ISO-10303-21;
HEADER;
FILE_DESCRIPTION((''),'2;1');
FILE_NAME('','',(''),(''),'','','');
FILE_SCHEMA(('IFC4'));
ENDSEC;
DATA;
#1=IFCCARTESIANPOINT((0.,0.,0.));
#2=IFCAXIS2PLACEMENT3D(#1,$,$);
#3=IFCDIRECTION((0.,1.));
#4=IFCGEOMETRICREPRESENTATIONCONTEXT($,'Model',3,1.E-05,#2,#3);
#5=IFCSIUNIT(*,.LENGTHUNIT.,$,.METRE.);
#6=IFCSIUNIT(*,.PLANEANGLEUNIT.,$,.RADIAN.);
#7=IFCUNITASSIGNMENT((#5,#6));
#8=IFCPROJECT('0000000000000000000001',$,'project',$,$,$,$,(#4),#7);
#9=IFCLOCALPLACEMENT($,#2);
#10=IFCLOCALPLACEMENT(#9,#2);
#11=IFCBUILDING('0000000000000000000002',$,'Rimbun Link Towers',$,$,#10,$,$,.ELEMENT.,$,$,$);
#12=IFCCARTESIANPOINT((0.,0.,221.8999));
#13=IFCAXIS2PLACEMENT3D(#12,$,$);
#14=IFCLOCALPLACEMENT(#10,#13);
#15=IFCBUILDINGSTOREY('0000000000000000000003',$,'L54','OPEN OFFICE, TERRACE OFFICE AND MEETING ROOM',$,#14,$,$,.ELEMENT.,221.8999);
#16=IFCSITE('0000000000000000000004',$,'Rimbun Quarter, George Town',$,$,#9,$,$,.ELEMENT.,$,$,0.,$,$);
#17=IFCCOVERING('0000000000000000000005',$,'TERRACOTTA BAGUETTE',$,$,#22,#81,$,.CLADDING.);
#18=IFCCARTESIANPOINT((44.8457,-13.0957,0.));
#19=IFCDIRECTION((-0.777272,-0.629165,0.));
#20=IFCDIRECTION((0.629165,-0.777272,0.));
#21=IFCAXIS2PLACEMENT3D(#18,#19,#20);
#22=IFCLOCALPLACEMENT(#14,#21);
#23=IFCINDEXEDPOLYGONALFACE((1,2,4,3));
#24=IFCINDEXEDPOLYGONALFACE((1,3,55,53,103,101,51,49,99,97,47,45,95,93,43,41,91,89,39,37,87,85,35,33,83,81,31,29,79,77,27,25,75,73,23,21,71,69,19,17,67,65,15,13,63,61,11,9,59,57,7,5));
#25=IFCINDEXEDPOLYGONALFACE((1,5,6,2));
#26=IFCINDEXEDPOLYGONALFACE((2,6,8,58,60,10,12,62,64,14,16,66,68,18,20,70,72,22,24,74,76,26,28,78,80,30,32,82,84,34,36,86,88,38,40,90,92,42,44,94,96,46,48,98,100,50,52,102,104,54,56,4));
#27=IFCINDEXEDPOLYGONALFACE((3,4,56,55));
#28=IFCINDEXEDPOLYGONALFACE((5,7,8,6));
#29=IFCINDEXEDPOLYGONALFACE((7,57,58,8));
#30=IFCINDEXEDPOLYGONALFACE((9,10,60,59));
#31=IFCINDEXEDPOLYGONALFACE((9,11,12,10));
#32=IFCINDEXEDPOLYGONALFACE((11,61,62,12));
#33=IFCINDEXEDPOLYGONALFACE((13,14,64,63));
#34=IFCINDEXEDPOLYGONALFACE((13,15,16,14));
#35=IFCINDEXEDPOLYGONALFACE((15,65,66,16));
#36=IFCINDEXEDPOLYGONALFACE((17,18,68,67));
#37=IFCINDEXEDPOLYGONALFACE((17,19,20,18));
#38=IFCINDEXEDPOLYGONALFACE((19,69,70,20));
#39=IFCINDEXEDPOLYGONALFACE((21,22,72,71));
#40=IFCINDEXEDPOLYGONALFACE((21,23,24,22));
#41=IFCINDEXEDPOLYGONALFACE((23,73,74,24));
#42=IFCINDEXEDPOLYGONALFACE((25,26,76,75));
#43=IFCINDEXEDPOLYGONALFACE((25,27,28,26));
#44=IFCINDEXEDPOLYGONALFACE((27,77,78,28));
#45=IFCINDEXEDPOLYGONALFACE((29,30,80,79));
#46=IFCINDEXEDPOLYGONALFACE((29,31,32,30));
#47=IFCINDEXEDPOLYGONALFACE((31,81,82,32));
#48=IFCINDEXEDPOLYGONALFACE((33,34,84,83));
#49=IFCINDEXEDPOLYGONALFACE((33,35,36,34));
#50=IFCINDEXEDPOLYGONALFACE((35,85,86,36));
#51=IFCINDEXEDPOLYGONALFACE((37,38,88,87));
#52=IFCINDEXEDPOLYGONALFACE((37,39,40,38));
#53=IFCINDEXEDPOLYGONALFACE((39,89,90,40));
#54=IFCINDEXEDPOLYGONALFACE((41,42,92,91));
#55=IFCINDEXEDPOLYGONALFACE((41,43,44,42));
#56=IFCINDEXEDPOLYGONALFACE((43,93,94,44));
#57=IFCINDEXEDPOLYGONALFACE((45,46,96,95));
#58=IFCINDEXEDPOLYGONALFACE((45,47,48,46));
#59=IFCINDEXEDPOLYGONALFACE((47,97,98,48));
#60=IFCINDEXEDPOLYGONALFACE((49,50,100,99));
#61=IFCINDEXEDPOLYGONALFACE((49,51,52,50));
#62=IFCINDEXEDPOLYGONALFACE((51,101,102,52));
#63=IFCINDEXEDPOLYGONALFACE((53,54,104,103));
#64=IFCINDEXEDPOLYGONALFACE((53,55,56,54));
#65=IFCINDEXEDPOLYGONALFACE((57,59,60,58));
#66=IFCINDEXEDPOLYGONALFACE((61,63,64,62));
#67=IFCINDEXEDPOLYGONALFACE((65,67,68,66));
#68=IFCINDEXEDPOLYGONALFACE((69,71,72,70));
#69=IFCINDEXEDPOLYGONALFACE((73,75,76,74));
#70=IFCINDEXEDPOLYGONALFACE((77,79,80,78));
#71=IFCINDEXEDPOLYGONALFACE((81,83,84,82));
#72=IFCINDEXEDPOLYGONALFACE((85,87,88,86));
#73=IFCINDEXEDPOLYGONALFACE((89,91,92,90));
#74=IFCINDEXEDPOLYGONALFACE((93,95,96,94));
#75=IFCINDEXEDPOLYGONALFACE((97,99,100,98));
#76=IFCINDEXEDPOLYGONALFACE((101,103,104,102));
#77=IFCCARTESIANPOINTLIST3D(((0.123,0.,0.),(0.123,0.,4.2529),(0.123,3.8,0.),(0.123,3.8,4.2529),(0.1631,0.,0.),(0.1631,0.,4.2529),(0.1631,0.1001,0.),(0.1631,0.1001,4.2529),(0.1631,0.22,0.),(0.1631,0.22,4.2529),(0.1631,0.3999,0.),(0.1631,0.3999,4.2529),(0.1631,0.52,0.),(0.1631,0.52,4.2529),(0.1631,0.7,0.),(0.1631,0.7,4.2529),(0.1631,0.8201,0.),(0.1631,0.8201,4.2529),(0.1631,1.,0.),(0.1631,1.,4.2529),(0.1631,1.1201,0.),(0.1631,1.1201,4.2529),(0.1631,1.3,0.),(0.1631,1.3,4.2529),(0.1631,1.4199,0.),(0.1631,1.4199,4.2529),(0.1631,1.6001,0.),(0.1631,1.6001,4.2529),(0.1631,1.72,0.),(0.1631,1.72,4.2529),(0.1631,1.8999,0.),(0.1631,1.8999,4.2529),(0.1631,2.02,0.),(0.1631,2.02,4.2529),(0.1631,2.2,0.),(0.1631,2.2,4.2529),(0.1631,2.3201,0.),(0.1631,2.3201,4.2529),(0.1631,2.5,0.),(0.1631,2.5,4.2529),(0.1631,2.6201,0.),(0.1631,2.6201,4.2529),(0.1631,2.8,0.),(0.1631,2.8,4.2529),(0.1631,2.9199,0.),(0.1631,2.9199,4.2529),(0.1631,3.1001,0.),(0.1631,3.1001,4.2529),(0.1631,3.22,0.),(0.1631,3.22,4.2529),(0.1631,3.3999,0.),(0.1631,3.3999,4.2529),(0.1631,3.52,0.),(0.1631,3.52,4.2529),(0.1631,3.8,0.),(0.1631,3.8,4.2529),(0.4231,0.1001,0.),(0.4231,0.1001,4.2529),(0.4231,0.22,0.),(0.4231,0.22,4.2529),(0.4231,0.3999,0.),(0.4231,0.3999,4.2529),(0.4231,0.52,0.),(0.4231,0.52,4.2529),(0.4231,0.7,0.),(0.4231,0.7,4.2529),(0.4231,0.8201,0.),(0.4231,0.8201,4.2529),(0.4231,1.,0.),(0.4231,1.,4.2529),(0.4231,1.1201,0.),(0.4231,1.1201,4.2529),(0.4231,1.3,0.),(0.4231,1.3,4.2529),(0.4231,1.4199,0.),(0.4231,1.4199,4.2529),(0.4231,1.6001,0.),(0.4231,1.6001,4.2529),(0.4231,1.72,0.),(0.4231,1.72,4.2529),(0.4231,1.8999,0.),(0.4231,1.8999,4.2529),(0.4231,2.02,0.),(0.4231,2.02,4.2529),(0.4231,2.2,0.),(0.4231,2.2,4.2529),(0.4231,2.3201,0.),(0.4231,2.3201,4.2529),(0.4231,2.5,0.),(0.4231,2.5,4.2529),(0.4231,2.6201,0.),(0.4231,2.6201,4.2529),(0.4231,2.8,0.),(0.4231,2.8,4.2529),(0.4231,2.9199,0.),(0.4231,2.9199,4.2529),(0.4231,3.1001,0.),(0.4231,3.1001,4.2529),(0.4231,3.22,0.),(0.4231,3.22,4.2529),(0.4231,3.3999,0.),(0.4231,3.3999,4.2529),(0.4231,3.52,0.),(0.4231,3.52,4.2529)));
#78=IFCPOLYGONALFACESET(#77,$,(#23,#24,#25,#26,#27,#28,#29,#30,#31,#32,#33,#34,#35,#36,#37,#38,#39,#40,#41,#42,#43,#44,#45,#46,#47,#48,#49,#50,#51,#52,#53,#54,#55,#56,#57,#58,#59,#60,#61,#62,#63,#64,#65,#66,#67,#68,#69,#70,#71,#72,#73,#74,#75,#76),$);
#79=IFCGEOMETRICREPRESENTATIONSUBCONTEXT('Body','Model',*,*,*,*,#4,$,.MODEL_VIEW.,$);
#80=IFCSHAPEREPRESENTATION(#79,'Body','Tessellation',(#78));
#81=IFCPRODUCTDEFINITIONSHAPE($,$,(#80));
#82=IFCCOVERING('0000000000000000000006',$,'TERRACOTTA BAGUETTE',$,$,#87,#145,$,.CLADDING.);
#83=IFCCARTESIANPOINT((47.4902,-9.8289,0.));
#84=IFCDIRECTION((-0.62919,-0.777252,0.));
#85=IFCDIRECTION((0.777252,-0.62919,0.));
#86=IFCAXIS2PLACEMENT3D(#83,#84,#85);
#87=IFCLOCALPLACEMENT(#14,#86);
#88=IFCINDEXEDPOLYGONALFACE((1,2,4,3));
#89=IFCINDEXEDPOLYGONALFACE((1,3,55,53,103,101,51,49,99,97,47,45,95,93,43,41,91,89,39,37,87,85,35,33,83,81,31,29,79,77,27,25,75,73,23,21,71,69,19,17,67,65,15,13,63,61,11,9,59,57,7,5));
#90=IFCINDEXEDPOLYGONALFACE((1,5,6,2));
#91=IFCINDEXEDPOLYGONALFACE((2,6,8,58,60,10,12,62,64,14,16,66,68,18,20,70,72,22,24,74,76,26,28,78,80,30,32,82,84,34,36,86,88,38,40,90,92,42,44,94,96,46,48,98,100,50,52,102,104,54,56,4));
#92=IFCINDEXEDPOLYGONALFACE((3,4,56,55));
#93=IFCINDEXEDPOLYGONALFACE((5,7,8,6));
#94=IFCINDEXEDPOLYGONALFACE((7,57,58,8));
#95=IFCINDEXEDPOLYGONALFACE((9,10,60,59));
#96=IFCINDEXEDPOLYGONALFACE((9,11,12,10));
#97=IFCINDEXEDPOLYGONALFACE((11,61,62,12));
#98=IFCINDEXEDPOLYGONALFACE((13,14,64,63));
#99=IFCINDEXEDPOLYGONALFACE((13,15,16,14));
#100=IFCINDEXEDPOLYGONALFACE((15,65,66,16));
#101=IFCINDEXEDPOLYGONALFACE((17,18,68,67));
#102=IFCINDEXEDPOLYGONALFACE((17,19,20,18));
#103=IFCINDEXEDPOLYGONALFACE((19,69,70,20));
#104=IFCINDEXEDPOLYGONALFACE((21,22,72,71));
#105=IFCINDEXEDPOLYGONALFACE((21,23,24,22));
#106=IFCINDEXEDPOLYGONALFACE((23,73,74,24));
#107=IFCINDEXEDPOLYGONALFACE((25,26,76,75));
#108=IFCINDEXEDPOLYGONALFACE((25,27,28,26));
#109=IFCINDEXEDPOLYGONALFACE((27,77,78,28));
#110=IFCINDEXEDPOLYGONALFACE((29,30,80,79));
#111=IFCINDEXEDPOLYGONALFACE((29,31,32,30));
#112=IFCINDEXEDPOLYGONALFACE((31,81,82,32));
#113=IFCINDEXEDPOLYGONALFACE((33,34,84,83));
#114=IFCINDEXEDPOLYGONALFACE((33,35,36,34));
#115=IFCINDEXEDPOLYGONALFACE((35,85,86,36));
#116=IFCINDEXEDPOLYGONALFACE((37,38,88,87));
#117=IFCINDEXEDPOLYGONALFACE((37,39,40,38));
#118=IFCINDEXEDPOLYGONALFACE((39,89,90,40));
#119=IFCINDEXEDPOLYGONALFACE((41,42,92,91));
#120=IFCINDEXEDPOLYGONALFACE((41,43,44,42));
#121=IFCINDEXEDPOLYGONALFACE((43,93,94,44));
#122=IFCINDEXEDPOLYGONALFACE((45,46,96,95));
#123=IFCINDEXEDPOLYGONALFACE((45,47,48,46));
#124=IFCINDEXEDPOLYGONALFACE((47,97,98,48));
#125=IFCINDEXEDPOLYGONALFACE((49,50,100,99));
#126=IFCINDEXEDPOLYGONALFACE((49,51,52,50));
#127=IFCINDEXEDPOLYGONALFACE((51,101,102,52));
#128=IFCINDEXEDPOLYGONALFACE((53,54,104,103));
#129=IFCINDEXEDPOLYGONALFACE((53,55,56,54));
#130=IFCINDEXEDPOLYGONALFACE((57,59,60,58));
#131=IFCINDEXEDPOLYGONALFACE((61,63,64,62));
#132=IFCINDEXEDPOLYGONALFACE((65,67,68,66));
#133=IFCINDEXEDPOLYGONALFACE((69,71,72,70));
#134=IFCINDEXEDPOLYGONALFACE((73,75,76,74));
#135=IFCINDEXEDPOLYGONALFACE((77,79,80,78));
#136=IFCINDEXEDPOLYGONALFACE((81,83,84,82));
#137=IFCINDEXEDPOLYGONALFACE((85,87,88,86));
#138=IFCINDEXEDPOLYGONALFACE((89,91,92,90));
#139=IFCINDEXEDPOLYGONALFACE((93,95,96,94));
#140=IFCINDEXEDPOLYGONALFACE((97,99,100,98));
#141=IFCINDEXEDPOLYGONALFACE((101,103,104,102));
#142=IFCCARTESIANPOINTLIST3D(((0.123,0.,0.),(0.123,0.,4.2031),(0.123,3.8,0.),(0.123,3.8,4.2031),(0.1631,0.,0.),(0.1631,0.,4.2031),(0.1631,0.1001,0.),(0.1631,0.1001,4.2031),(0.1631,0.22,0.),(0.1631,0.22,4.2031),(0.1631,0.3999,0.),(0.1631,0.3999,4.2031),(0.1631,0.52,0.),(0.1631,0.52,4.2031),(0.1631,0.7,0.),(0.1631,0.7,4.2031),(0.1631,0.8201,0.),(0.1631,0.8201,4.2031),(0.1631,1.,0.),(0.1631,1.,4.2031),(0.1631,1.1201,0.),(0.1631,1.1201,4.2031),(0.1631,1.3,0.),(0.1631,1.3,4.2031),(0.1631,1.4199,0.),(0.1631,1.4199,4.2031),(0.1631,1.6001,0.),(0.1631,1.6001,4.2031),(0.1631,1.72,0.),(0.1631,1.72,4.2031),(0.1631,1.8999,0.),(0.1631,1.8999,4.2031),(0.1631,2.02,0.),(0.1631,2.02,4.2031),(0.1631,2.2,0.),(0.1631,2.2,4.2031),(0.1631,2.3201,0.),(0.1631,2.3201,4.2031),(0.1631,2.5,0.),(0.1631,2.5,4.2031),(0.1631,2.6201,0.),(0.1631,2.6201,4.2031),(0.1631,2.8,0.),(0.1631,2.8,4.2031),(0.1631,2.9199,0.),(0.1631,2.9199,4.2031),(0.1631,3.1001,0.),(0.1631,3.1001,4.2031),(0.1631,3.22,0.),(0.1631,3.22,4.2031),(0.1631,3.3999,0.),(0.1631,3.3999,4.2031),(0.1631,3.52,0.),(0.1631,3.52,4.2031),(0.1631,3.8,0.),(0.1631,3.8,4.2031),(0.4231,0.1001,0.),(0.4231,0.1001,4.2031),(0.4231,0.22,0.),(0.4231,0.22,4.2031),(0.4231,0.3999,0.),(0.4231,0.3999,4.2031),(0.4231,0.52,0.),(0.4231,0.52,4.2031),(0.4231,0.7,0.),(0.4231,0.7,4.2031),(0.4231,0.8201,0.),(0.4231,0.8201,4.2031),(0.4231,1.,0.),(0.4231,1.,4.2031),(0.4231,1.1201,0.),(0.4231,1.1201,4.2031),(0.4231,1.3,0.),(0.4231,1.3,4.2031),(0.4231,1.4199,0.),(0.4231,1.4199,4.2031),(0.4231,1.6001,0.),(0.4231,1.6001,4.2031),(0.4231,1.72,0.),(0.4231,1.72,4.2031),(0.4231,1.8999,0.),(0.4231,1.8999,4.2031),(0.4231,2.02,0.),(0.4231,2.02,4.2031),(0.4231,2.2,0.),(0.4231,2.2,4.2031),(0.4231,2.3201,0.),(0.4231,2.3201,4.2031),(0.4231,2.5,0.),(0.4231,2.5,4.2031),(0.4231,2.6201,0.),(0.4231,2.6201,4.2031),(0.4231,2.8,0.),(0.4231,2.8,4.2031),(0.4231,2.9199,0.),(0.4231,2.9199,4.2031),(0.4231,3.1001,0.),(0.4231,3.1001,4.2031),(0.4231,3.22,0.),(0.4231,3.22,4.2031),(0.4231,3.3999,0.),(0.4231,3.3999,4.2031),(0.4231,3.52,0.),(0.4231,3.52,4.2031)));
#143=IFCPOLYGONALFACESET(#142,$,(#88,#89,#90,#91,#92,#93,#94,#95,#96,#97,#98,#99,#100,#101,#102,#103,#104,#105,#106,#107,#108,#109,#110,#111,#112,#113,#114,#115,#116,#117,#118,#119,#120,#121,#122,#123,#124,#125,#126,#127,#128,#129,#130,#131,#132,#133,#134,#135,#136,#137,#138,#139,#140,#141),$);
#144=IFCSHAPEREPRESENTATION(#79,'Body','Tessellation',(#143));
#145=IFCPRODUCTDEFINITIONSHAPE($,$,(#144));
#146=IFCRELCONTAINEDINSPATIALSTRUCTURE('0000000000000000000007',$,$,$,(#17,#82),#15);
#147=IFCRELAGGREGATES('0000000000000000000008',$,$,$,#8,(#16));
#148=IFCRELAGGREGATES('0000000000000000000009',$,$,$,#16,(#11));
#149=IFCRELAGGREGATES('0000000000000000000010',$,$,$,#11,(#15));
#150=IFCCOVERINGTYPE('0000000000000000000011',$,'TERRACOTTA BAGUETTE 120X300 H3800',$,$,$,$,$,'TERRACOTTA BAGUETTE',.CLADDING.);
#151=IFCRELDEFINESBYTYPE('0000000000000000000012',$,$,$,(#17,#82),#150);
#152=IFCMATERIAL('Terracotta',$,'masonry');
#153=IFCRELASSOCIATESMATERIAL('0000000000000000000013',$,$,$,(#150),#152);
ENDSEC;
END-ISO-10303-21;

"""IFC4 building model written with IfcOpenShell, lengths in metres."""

from ifc_helpers import new_model, si_unit, direction, frame, origin, place, context, subcontext, project, spatial, polyline, outline, extrude, material, material_profile, profile_set, type_object, element, save


model = new_model("IFC4")

# Units and contexts
model_context = context("Model", 3, precision=1e-05, world=origin(), true_north=direction((0.0, 1.0)))
body_context = subcontext(model_context, "Body", "Model", "MODEL_VIEW")
ifc_project = project(units=[si_unit("LENGTHUNIT", "METRE"), si_unit("PLANEANGLEUNIT", "RADIAN")], contexts=[model_context])

# Site, building, storey
site_placement = place(None, origin())
site = spatial("IfcSite", under=ifc_project, at=site_placement, Name="Rimbun Quarter, George Town", CompositionType="ELEMENT", RefElevation=0.0)
building_placement = place(site_placement, origin())
building = spatial("IfcBuilding", under=site, at=building_placement, Name="Rimbun Link Towers", CompositionType="ELEMENT")
storey_placement = place(building_placement, frame((0.0, 0.0, 221.8999)))
storey = spatial("IfcBuildingStorey", under=building, at=storey_placement, Name="L54", Description="OPEN OFFICE, TERRACE OFFICE AND MEETING ROOM", CompositionType="ELEMENT", Elevation=221.8999)

# Coverings
ifc_material_1 = material(Name="Terracotta", Category="masonry")
ifc_material_profile_1 = material_profile(ifc_material_1, outline(polyline([(0.123, 0.0), (0.1631, 0.0), (0.1631, 0.1001), (0.4231, 0.1001), (0.4231, 0.22), (0.1631, 0.22), (0.1631, 0.3999), (0.4231, 0.3999), (0.4231, 0.52), (0.1631, 0.52), (0.1631, 0.7), (0.4231, 0.7), (0.4231, 0.8201), (0.1631, 0.8201), (0.1631, 1.0), (0.4231, 1.0), (0.4231, 1.1201), (0.1631, 1.1201), (0.1631, 1.3), (0.4231, 1.3), (0.4231, 1.4199), (0.1631, 1.4199), (0.1631, 1.6001), (0.4231, 1.6001), (0.4231, 1.72), (0.1631, 1.72), (0.1631, 1.8999), (0.4231, 1.8999), (0.4231, 2.02), (0.1631, 2.02), (0.1631, 2.2), (0.4231, 2.2), (0.4231, 2.3201), (0.1631, 2.3201), (0.1631, 2.5), (0.4231, 2.5), (0.4231, 2.6201), (0.1631, 2.6201), (0.1631, 2.8), (0.4231, 2.8), (0.4231, 2.9199), (0.1631, 2.9199), (0.1631, 3.1001), (0.4231, 3.1001), (0.4231, 3.22), (0.1631, 3.22), (0.1631, 3.3999), (0.4231, 3.3999), (0.4231, 3.52), (0.1631, 3.52), (0.1631, 3.8), (0.123, 3.8), (0.123, 0.0)])), Name="BAGUETTE 120X300")
ifc_profile_set_1 = profile_set([ifc_material_profile_1], Name="Terracotta")
covering_type = type_object("IfcCoveringType", Name="TERRACOTTA BAGUETTE 120X300 H3800", ElementType="TERRACOTTA BAGUETTE", PredefinedType="CLADDING", material=ifc_profile_set_1)
covering_1_placement = place(storey_placement, frame((44.8457, -13.0957, 0.0), z_axis=(-0.777272, -0.629165, 0.0), x_axis=(0.629165, -0.777272, 0.0)))
element("IfcCovering", 1, at=covering_1_placement, inside=storey, type_object=covering_type, Name="TERRACOTTA BAGUETTE", PredefinedType="CLADDING", context=body_context, shape_type="SweptSolid", body=[
    extrude(outline(polyline([(0.123, 0.0), (0.1631, 0.0), (0.1631, 0.1001), (0.4231, 0.1001), (0.4231, 0.22), (0.1631, 0.22), (0.1631, 0.3999), (0.4231, 0.3999), (0.4231, 0.52), (0.1631, 0.52), (0.1631, 0.7), (0.4231, 0.7), (0.4231, 0.8201), (0.1631, 0.8201), (0.1631, 1.0), (0.4231, 1.0), (0.4231, 1.1201), (0.1631, 1.1201), (0.1631, 1.3), (0.4231, 1.3), (0.4231, 1.4199), (0.1631, 1.4199), (0.1631, 1.6001), (0.4231, 1.6001), (0.4231, 1.72), (0.1631, 1.72), (0.1631, 1.8999), (0.4231, 1.8999), (0.4231, 2.02), (0.1631, 2.02), (0.1631, 2.2), (0.4231, 2.2), (0.4231, 2.3201), (0.1631, 2.3201), (0.1631, 2.5), (0.4231, 2.5), (0.4231, 2.6201), (0.1631, 2.6201), (0.1631, 2.8), (0.4231, 2.8), (0.4231, 2.9199), (0.1631, 2.9199), (0.1631, 3.1001), (0.4231, 3.1001), (0.4231, 3.22), (0.1631, 3.22), (0.1631, 3.3999), (0.4231, 3.3999), (0.4231, 3.52), (0.1631, 3.52), (0.1631, 3.8), (0.123, 3.8), (0.123, 0.0)])), origin(), (0.0, 0.0, 1.0), 4.2529),
])
covering_2_placement = place(storey_placement, frame((47.4902, -9.8289, 0.0), z_axis=(-0.62919, -0.777252, 0.0), x_axis=(0.777252, -0.62919, 0.0)))
element("IfcCovering", 2, at=covering_2_placement, inside=storey, type_object=covering_type, Name="TERRACOTTA BAGUETTE", PredefinedType="CLADDING", context=body_context, shape_type="SweptSolid", body=[
    extrude(outline(polyline([(0.123, 0.0), (0.1631, 0.0), (0.1631, 0.1001), (0.4231, 0.1001), (0.4231, 0.22), (0.1631, 0.22), (0.1631, 0.3999), (0.4231, 0.3999), (0.4231, 0.52), (0.1631, 0.52), (0.1631, 0.7), (0.4231, 0.7), (0.4231, 0.8201), (0.1631, 0.8201), (0.1631, 1.0), (0.4231, 1.0), (0.4231, 1.1201), (0.1631, 1.1201), (0.1631, 1.3), (0.4231, 1.3), (0.4231, 1.4199), (0.1631, 1.4199), (0.1631, 1.6001), (0.4231, 1.6001), (0.4231, 1.72), (0.1631, 1.72), (0.1631, 1.8999), (0.4231, 1.8999), (0.4231, 2.02), (0.1631, 2.02), (0.1631, 2.2), (0.4231, 2.2), (0.4231, 2.3201), (0.1631, 2.3201), (0.1631, 2.5), (0.4231, 2.5), (0.4231, 2.6201), (0.1631, 2.6201), (0.1631, 2.8), (0.4231, 2.8), (0.4231, 2.9199), (0.1631, 2.9199), (0.1631, 3.1001), (0.4231, 3.1001), (0.4231, 3.22), (0.1631, 3.22), (0.1631, 3.3999), (0.4231, 3.3999), (0.4231, 3.52), (0.1631, 3.52), (0.1631, 3.8), (0.123, 3.8), (0.123, 0.0)])), origin(), (0.0, 0.0, 1.0), 4.2031),
])

save(model, "model.ifc")
